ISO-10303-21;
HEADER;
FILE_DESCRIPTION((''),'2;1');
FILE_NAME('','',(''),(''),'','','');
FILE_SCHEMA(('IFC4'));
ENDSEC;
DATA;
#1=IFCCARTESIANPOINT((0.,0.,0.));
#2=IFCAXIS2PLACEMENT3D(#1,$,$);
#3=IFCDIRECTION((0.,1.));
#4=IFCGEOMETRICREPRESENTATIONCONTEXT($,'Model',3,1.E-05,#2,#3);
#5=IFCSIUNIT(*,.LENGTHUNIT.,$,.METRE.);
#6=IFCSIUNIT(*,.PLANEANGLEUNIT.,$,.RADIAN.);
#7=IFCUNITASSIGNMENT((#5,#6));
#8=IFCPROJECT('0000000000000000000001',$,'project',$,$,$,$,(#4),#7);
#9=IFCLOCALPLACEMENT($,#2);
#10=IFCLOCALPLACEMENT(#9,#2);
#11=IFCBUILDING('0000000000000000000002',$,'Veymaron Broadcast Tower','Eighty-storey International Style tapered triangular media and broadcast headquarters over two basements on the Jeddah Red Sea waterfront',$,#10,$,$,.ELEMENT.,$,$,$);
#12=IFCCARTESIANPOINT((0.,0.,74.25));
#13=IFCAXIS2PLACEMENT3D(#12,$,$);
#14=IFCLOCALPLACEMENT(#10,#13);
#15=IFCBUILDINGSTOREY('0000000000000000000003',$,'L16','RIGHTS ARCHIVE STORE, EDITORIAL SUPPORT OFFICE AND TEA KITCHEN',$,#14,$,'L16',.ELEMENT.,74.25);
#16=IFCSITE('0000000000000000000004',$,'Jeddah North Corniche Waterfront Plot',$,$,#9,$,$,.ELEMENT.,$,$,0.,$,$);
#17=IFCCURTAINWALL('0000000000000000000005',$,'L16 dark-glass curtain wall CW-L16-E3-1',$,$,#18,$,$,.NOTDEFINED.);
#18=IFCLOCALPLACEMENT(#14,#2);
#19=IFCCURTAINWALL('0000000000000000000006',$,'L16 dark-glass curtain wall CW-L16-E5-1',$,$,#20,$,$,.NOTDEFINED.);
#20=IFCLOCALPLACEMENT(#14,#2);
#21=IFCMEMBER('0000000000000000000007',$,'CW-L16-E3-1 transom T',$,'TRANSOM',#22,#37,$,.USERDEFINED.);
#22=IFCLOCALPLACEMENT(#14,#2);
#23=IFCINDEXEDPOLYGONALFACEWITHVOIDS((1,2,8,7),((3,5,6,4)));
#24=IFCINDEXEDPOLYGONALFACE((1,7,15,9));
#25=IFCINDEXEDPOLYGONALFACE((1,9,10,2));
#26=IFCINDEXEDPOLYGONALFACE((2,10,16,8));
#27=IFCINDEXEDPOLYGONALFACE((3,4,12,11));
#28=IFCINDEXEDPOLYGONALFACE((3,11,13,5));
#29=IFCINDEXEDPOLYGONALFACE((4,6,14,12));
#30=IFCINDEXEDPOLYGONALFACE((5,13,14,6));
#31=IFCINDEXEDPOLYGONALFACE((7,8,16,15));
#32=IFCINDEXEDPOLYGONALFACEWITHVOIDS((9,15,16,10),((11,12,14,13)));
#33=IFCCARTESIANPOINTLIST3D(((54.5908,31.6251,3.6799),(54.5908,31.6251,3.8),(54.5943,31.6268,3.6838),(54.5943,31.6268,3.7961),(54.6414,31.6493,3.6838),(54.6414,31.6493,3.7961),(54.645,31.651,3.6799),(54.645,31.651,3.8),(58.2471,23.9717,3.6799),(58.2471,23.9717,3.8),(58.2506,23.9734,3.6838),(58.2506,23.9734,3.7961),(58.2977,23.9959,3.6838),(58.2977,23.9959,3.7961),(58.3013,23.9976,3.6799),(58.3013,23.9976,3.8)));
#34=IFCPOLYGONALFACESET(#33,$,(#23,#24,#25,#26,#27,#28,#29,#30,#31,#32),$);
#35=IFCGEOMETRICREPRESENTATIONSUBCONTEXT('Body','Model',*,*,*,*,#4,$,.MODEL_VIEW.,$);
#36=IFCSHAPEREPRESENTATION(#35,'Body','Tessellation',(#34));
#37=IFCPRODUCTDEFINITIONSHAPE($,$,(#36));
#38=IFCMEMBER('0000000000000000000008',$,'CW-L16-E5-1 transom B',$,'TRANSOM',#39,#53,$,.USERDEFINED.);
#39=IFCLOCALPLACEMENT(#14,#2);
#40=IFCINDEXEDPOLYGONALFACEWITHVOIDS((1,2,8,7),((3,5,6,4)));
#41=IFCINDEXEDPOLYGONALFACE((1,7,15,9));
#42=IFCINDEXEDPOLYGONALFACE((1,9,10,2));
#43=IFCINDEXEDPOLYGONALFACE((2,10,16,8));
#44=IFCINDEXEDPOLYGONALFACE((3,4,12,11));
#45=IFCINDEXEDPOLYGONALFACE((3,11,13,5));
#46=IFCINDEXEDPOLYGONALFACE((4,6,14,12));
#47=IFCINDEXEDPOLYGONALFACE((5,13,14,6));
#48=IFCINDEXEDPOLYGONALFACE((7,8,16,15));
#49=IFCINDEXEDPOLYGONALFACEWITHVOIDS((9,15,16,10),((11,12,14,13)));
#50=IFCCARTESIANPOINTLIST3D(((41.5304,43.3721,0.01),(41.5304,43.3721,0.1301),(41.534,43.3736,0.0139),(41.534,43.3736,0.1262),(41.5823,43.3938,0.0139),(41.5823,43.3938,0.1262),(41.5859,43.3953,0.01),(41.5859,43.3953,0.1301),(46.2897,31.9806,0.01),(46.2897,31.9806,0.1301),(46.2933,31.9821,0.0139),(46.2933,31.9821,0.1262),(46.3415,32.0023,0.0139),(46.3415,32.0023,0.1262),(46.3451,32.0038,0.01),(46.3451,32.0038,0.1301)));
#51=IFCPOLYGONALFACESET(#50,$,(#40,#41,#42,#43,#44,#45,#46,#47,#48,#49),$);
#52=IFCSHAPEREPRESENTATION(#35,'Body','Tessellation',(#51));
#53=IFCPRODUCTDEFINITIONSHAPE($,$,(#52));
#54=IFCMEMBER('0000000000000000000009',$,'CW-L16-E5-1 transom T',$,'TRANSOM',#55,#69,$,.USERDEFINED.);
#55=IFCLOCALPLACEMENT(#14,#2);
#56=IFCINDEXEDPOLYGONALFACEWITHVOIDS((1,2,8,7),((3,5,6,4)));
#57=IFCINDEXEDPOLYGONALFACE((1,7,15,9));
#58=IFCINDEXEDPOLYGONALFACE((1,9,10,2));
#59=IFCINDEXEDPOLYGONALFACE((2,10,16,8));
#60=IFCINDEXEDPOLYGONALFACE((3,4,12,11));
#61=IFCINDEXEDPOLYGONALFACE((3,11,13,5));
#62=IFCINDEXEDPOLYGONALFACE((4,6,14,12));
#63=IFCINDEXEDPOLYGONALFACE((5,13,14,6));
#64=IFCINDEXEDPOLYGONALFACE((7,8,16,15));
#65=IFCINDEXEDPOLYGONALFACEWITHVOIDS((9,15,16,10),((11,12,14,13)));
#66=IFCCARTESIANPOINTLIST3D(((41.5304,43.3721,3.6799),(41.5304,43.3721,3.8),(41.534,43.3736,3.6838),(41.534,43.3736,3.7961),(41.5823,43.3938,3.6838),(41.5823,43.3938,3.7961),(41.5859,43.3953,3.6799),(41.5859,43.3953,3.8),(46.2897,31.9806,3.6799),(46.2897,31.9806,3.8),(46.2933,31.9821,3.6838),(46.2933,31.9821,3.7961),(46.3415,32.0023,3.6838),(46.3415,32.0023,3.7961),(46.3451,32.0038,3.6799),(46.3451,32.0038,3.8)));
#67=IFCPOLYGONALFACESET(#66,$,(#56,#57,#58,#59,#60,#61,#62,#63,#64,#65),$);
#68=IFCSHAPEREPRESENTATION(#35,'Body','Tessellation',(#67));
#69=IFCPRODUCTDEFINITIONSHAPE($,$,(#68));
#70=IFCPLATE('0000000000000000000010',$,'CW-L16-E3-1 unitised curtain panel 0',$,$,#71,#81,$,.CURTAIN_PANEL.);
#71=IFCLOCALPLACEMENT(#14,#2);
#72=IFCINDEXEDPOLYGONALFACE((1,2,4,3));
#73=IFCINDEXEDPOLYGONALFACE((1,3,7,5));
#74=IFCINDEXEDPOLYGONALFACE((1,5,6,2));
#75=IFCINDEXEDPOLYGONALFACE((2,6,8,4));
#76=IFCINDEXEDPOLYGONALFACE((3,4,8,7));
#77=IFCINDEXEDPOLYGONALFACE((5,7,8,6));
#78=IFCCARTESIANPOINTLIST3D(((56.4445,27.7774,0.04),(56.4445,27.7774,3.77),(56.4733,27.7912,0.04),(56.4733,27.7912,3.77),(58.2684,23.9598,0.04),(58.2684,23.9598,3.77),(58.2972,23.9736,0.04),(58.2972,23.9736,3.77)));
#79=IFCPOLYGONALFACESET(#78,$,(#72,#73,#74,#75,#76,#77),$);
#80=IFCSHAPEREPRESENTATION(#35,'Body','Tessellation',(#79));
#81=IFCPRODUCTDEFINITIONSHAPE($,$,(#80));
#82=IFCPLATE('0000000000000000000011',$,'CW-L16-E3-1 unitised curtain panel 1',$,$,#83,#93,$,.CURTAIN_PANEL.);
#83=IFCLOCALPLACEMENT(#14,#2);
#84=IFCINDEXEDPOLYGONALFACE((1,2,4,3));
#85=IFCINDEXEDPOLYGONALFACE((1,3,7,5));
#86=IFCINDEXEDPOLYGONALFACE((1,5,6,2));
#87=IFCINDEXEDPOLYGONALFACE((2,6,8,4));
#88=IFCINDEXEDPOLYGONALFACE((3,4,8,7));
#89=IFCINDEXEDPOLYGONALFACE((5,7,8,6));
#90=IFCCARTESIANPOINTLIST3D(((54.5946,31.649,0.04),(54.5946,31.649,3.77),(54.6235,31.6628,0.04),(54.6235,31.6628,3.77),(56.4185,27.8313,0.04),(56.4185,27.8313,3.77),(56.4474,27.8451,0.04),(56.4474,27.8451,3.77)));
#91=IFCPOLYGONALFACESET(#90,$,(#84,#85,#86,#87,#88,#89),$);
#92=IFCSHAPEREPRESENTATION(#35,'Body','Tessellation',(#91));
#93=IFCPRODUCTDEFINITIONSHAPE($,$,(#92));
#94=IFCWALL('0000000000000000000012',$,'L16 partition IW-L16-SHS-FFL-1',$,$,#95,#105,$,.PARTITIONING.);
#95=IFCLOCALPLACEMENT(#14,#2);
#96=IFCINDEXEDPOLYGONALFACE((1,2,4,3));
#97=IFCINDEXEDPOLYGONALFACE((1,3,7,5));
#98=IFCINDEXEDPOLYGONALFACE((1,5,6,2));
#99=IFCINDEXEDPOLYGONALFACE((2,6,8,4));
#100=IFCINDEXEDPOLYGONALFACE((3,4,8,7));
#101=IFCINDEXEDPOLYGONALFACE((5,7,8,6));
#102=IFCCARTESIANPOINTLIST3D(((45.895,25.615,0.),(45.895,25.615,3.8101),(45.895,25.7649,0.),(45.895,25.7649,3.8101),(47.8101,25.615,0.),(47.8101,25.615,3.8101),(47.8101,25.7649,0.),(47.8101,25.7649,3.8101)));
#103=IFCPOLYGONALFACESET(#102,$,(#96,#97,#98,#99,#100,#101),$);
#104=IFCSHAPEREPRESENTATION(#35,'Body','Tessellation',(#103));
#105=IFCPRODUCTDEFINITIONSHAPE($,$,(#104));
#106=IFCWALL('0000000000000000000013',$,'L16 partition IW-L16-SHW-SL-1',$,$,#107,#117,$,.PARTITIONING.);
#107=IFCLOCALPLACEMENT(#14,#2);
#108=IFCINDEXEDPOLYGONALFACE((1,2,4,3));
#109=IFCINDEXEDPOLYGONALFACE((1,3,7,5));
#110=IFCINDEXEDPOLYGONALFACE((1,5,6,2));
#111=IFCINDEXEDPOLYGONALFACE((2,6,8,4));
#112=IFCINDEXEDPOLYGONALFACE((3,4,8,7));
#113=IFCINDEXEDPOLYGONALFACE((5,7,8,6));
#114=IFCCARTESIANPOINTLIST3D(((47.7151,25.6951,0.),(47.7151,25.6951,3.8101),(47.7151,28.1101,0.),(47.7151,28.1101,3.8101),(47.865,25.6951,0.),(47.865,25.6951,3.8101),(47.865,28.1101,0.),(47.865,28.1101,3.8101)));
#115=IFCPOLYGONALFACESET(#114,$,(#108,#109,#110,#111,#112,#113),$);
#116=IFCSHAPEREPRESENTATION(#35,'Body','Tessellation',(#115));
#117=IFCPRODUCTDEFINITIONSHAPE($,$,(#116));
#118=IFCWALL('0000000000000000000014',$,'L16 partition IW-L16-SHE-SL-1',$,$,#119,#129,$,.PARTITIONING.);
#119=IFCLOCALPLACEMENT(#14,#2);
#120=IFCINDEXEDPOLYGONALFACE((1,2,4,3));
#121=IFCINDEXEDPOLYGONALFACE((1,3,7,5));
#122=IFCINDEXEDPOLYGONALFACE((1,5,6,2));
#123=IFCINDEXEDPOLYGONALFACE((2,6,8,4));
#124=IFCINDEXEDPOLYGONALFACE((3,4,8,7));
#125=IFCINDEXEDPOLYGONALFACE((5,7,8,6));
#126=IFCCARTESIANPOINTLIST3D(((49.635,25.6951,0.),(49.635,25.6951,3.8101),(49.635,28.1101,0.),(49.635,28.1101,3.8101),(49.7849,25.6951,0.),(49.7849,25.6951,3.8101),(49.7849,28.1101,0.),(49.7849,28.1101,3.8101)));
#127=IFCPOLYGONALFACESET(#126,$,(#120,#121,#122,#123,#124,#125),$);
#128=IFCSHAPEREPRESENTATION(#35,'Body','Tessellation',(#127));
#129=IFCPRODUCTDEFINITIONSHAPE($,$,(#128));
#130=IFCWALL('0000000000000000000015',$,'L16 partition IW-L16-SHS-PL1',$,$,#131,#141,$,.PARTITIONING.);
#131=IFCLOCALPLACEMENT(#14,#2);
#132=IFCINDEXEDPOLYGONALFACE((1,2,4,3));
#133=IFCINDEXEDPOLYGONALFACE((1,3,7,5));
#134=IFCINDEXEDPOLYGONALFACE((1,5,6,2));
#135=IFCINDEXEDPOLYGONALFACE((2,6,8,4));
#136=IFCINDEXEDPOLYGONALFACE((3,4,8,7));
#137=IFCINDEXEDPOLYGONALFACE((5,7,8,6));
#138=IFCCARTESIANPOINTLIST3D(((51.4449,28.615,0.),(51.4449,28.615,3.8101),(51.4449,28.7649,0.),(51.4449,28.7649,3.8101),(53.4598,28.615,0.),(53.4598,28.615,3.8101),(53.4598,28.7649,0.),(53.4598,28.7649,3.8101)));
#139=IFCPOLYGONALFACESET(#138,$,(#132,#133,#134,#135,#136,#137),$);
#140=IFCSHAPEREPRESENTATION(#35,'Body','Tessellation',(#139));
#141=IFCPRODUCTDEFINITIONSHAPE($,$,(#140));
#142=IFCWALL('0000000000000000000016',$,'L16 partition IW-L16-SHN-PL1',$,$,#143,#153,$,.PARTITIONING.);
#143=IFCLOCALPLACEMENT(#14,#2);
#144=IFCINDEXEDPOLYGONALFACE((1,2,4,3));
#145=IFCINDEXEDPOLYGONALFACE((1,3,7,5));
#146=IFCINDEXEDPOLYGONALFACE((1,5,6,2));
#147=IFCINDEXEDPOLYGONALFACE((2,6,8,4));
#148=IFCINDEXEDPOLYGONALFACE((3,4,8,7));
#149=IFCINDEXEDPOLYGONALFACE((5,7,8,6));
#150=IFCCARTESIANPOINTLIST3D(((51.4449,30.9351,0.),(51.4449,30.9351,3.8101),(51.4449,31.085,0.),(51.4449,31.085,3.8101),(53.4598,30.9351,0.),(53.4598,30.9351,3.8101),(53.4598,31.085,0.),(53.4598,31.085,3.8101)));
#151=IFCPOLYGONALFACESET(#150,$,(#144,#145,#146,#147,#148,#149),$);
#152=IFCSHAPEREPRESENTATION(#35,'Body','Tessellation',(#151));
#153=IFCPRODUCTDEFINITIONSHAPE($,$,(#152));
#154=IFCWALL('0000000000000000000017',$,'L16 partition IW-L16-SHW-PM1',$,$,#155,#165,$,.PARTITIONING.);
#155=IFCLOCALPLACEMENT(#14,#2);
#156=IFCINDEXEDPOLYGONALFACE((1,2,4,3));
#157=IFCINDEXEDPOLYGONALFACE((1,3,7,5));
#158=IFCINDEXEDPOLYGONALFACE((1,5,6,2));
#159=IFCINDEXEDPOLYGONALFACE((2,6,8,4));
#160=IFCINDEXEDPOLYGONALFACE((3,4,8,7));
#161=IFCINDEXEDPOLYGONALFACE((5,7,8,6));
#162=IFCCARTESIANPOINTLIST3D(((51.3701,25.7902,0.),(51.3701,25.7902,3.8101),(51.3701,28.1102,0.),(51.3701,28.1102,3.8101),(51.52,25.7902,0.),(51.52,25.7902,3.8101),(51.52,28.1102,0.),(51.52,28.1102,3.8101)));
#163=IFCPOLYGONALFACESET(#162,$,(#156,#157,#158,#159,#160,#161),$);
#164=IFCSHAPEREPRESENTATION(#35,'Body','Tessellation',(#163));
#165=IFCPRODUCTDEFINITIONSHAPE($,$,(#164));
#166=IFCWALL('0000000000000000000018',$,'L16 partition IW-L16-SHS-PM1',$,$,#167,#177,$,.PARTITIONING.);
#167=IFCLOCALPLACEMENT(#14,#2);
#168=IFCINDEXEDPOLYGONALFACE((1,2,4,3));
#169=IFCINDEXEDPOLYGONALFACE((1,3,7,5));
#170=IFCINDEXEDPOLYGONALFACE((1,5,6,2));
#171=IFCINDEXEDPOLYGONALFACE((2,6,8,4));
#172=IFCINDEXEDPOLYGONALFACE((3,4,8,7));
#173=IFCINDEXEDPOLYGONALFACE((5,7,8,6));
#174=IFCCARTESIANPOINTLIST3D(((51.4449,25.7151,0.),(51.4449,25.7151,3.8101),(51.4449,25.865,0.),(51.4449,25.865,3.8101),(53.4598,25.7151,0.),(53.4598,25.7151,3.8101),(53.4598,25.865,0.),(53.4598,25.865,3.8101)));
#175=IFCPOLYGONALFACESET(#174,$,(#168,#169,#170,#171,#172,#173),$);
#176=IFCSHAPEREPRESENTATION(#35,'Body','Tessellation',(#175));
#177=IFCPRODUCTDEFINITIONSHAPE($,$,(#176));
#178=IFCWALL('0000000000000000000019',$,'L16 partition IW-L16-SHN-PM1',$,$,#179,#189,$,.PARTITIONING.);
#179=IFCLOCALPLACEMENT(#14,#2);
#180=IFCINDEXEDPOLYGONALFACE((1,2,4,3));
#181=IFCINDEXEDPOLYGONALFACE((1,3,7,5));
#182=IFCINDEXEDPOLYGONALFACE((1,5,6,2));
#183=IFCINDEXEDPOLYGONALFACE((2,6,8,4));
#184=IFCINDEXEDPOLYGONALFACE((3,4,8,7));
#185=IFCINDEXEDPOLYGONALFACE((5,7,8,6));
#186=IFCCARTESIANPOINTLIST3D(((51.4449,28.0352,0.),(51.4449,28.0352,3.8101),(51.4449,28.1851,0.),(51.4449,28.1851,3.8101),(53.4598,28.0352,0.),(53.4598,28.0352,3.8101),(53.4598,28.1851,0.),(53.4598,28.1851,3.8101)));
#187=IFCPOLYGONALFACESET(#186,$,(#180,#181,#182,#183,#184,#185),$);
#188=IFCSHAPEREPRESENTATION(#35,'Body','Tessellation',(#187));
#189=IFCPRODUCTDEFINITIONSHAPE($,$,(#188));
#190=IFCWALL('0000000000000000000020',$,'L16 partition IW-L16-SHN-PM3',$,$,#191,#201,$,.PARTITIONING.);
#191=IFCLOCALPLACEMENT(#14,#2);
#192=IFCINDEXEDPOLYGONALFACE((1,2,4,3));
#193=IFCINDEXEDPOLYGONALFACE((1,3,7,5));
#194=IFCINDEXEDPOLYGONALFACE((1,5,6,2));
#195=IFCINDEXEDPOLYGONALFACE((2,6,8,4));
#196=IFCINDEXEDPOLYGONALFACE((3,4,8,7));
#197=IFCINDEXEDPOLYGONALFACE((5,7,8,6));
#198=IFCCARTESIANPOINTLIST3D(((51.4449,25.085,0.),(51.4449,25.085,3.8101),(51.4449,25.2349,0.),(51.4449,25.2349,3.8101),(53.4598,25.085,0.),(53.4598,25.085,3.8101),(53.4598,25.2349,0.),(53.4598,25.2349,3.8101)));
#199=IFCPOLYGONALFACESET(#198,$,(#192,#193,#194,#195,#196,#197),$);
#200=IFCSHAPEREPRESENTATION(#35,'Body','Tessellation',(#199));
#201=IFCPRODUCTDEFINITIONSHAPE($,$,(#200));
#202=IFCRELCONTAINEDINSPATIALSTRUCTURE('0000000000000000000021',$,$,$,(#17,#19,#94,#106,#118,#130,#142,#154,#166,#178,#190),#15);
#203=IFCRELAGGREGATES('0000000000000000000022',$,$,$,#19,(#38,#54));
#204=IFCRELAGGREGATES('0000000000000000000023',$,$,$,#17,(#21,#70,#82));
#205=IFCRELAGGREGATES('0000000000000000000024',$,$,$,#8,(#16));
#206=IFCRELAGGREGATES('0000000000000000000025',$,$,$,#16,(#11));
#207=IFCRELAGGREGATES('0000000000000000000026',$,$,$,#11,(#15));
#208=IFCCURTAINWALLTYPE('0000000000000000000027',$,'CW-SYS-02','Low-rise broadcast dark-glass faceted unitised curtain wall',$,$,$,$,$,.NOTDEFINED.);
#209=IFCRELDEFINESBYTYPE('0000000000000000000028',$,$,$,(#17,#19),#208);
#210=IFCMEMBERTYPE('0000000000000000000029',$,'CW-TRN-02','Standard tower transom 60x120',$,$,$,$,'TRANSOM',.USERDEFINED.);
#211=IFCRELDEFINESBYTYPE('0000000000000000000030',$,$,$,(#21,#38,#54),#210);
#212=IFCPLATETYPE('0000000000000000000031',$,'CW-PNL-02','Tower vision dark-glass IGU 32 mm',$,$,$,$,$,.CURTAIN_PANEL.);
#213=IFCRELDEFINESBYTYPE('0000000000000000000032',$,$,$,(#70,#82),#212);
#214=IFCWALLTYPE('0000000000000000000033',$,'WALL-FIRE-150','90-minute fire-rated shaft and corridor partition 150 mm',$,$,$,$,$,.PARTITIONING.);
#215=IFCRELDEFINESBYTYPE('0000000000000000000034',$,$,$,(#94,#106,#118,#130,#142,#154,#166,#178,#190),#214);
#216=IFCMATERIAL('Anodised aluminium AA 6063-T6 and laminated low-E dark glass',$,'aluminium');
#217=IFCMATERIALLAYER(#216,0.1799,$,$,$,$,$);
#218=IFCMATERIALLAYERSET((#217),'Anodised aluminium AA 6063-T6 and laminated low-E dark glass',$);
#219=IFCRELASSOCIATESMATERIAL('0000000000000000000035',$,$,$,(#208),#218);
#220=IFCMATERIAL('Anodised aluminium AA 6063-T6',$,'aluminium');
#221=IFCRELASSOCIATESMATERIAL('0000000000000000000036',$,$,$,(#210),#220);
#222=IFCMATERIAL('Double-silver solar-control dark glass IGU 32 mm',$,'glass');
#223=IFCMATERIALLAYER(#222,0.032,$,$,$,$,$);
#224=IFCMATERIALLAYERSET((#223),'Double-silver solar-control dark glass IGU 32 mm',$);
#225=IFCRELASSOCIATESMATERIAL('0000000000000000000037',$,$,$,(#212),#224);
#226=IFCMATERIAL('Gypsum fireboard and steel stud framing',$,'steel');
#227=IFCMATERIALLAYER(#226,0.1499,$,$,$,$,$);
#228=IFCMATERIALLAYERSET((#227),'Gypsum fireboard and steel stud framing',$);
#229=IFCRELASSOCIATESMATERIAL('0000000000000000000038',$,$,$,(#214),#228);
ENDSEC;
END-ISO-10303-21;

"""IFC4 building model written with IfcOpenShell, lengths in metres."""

from ifc_helpers import new_model, si_unit, direction, frame, frame_2d, origin, origin_2d, place, context, subcontext, project, spatial, rectangle, hollow_rectangle, extrude, material, layer, layer_set, material_profile, profile_set, type_object, element, aggregate, save


model = new_model("IFC4")

# Units and contexts
model_context = context("Model", 3, precision=1e-05, world=origin(), true_north=direction((0.0, 1.0)))
body_context = subcontext(model_context, "Body", "Model", "MODEL_VIEW")
ifc_project = project(units=[si_unit("LENGTHUNIT", "METRE"), si_unit("PLANEANGLEUNIT", "RADIAN")], contexts=[model_context])

# Site, building, storey
site_placement = place(None, origin())
site = spatial("IfcSite", under=ifc_project, at=site_placement, Name="Jeddah North Corniche Waterfront Plot", CompositionType="ELEMENT", RefElevation=0.0)
building_placement = place(site_placement, origin())
building = spatial("IfcBuilding", under=site, at=building_placement, Name="Veymaron Broadcast Tower", Description="Eighty-storey International Style tapered triangular media and broadcast headquarters over two basements on the Jeddah Red Sea waterfront", CompositionType="ELEMENT")
storey_placement = place(building_placement, frame((0.0, 0.0, 74.25)))
storey = spatial("IfcBuildingStorey", under=building, at=storey_placement, Name="L16", Description="RIGHTS ARCHIVE STORE, EDITORIAL SUPPORT OFFICE AND TEA KITCHEN", LongName="L16", CompositionType="ELEMENT", Elevation=74.25)

# Shared definitions
ifc_material_1 = material(Name="Anodised aluminium AA 6063-T6 and laminated low-E dark glass", Category="aluminium")
ifc_layer_1 = layer(ifc_material_1, 0.1799)
ifc_layer_set_1 = layer_set([ifc_layer_1], Name="Anodised aluminium AA 6063-T6 and laminated low-E dark glass")
curtain_wall_type = type_object("IfcCurtainWallType", Name="CW-SYS-02", Description="Low-rise broadcast dark-glass faceted unitised curtain wall", PredefinedType="NOTDEFINED", material=ifc_layer_set_1)
ifc_material_2 = material(Name="Anodised aluminium AA 6063-T6", Category="aluminium")

# Curtain wall
curtain_wall_1_placement = place(storey_placement, origin())
curtain_wall_1 = element("IfcCurtainWall", 1, at=curtain_wall_1_placement, inside=storey, type_object=curtain_wall_type, Name="L16 dark-glass curtain wall CW-L16-E3-1", PredefinedType="NOTDEFINED")

# Curtain wall
curtain_wall_2_placement = place(storey_placement, origin())
curtain_wall_2 = element("IfcCurtainWall", 2, at=curtain_wall_2_placement, inside=storey, type_object=curtain_wall_type, Name="L16 dark-glass curtain wall CW-L16-E5-1", PredefinedType="NOTDEFINED")

# Members
ifc_material_profile_1 = material_profile(ifc_material_2, hollow_rectangle(XDim=0.0601, YDim=0.1201, WallThickness=0.0039, at=origin_2d()), Name="AL120X60X4")
ifc_profile_set_1 = profile_set([ifc_material_profile_1], Name="Anodised aluminium AA 6063-T6")
member_type_1 = type_object("IfcMemberType", Name="CW-TRN-02", Description="Standard tower transom 60x120", ElementType="TRANSOM", PredefinedType="USERDEFINED", material=ifc_profile_set_1)
member_1_placement = place(storey_placement, frame((58.2742, 23.9846, 3.74), z_axis=(-0.431068, 0.902319, 0.0), x_axis=(-0.902319, -0.431068, 0.0)))
member_1 = element("IfcMember", 3, at=member_1_placement, type_object=member_type_1, Name="CW-L16-E3-1 transom T", ObjectType="TRANSOM", PredefinedType="USERDEFINED", context=body_context, shape_type="SweptSolid", body=[
    extrude(hollow_rectangle(XDim=0.0601, YDim=0.1201, WallThickness=0.0039, at=origin_2d()), origin(), (0.0, 0.0, 1.0), 8.4819),
])
member_2_placement = place(storey_placement, frame((46.3174, 31.9922, 0.0701), z_axis=(-0.385497, 0.922709, 0.0), x_axis=(-0.922709, -0.385497, 0.0)))
member_2 = element("IfcMember", 4, at=member_2_placement, type_object=member_type_1, Name="CW-L16-E5-1 transom B", ObjectType="TRANSOM", PredefinedType="USERDEFINED", context=body_context, shape_type="SweptSolid", body=[
    extrude(hollow_rectangle(XDim=0.0601, YDim=0.1201, WallThickness=0.0039, at=origin_2d()), origin(), (0.0, 0.0, 1.0), 12.3457),
])
member_3_placement = place(storey_placement, frame((46.3174, 31.9922, 3.74), z_axis=(-0.385497, 0.922709, 0.0), x_axis=(-0.922709, -0.385497, 0.0)))
member_3 = element("IfcMember", 5, at=member_3_placement, type_object=member_type_1, Name="CW-L16-E5-1 transom T", ObjectType="TRANSOM", PredefinedType="USERDEFINED", context=body_context, shape_type="SweptSolid", body=[
    extrude(hollow_rectangle(XDim=0.0601, YDim=0.1201, WallThickness=0.0039, at=origin_2d()), origin(), (0.0, 0.0, 1.0), 12.3457),
])
aggregate(curtain_wall_2, [member_2, member_3])

# Plates
ifc_material_3 = material(Name="Double-silver solar-control dark glass IGU 32 mm", Category="glass")
ifc_layer_2 = layer(ifc_material_3, 0.032)
ifc_layer_set_2 = layer_set([ifc_layer_2], Name="Double-silver solar-control dark glass IGU 32 mm")
plate_type = type_object("IfcPlateType", Name="CW-PNL-02", Description="Tower vision dark-glass IGU 32 mm", PredefinedType="CURTAIN_PANEL", material=ifc_layer_set_2)
plate_1_placement = place(storey_placement, frame((57.3708, 25.8755, 0.04), z_axis=(0.0, 0.0, 1.0), x_axis=(-0.431078, 0.902315, 0.0)))
plate_1 = element("IfcPlate", 6, at=plate_1_placement, type_object=plate_type, Name="CW-L16-E3-1 unitised curtain panel 0", PredefinedType="CURTAIN_PANEL", context=body_context, shape_type="SweptSolid", body=[
    extrude(rectangle(XDim=4.231, YDim=0.032, at=origin_2d()), origin(), (0.0, 0.0, 1.0), 3.73),
])
plate_2_placement = place(storey_placement, frame((55.521, 29.7471, 0.04), z_axis=(0.0, 0.0, 1.0), x_axis=(-0.431078, 0.902315, 0.0)))
plate_2 = element("IfcPlate", 7, at=plate_2_placement, type_object=plate_type, Name="CW-L16-E3-1 unitised curtain panel 1", PredefinedType="CURTAIN_PANEL", context=body_context, shape_type="SweptSolid", body=[
    extrude(rectangle(XDim=4.231, YDim=0.032, at=origin_2d()), origin(), (0.0, 0.0, 1.0), 3.73),
])
aggregate(curtain_wall_1, [member_1, plate_1, plate_2])

# Wall
ifc_material_4 = material(Name="Gypsum fireboard and steel stud framing", Category="steel")
ifc_layer_3 = layer(ifc_material_4, 0.1499)
ifc_layer_set_3 = layer_set([ifc_layer_3], Name="Gypsum fireboard and steel stud framing")
wall_type_1 = type_object("IfcWallType", Name="WALL-FIRE-150", Description="90-minute fire-rated shaft and corridor partition 150 mm", PredefinedType="PARTITIONING", material=ifc_layer_set_3)
wall_1_placement = place(storey_placement, frame((45.895, 25.6899, 0.0), z_axis=(0.0, 0.0, 1.0), x_axis=(1.0, 0.0, 0.0)))
element("IfcWall", 8, at=wall_1_placement, inside=storey, type_object=wall_type_1, Name="L16 partition IW-L16-SHS-FFL-1", PredefinedType="PARTITIONING", context=body_context, shape_type="SweptSolid", body=[
    extrude(rectangle(XDim=1.915, YDim=0.1499, at=frame_2d((0.9575, 0.0))), origin(), (0.0, 0.0, 1.0), 3.8101),
])

# Walls
for number, where, z_axis, x_axis, name in (
    (9, (47.79, 25.6951, 0.0), (0.0, 0.0, 1.0), (0.0, 1.0, 0.0), "L16 partition IW-L16-SHW-SL-1"),
    (10, (49.71, 25.6951, 0.0), (0.0, 0.0, 1.0), (0.0, 1.0, 0.0), "L16 partition IW-L16-SHE-SL-1"),
):
    element("IfcWall", number, at=place(storey_placement, frame(where, z_axis=z_axis, x_axis=x_axis)), inside=storey, type_object=wall_type_1, Name=name, PredefinedType="PARTITIONING", context=body_context, shape_type="SweptSolid", body=[
        extrude(rectangle(XDim=2.415, YDim=0.1499, at=frame_2d((1.2075, 0.0))), origin(), (0.0, 0.0, 1.0), 3.8101),
    ])

# Walls
for number, where, z_axis, x_axis, name in (
    (11, (51.4451, 28.6899, 0.0), (0.0, 0.0, 1.0), (1.0, 0.0, 0.0), "L16 partition IW-L16-SHS-PL1"),
    (12, (51.4451, 31.01, 0.0), (0.0, 0.0, 1.0), (1.0, 0.0, 0.0), "L16 partition IW-L16-SHN-PL1"),
):
    element("IfcWall", number, at=place(storey_placement, frame(where, z_axis=z_axis, x_axis=x_axis)), inside=storey, type_object=wall_type_1, Name=name, PredefinedType="PARTITIONING", context=body_context, shape_type="SweptSolid", body=[
        extrude(rectangle(XDim=2.0149, YDim=0.1499, at=frame_2d((1.0073, 0.0))), origin(), (0.0, 0.0, 1.0), 3.8101),
    ])
wall_2_placement = place(storey_placement, frame((51.4451, 25.79, 0.0), z_axis=(0.0, 0.0, 1.0), x_axis=(0.0, 1.0, 0.0)))
element("IfcWall", 13, at=wall_2_placement, inside=storey, type_object=wall_type_1, Name="L16 partition IW-L16-SHW-PM1", PredefinedType="PARTITIONING", context=body_context, shape_type="SweptSolid", body=[
    extrude(rectangle(XDim=2.3201, YDim=0.1499, at=frame_2d((1.1602, 0.0))), origin(), (0.0, 0.0, 1.0), 3.8101),
])
for number, where, z_axis, x_axis, name in (
    (14, (51.4451, 25.79, 0.0), (0.0, 0.0, 1.0), (1.0, 0.0, 0.0), "L16 partition IW-L16-SHS-PM1"),
    (15, (51.4451, 28.1101, 0.0), (0.0, 0.0, 1.0), (1.0, 0.0, 0.0), "L16 partition IW-L16-SHN-PM1"),
    (16, (51.4451, 25.1599, 0.0), (0.0, 0.0, 1.0), (1.0, 0.0, 0.0), "L16 partition IW-L16-SHN-PM3"),
):
    element("IfcWall", number, at=place(storey_placement, frame(where, z_axis=z_axis, x_axis=x_axis)), inside=storey, type_object=wall_type_1, Name=name, PredefinedType="PARTITIONING", context=body_context, shape_type="SweptSolid", body=[
        extrude(rectangle(XDim=2.0149, YDim=0.1499, at=frame_2d((1.0073, 0.0))), origin(), (0.0, 0.0, 1.0), 3.8101),
    ])

save(model, "model.ifc")
